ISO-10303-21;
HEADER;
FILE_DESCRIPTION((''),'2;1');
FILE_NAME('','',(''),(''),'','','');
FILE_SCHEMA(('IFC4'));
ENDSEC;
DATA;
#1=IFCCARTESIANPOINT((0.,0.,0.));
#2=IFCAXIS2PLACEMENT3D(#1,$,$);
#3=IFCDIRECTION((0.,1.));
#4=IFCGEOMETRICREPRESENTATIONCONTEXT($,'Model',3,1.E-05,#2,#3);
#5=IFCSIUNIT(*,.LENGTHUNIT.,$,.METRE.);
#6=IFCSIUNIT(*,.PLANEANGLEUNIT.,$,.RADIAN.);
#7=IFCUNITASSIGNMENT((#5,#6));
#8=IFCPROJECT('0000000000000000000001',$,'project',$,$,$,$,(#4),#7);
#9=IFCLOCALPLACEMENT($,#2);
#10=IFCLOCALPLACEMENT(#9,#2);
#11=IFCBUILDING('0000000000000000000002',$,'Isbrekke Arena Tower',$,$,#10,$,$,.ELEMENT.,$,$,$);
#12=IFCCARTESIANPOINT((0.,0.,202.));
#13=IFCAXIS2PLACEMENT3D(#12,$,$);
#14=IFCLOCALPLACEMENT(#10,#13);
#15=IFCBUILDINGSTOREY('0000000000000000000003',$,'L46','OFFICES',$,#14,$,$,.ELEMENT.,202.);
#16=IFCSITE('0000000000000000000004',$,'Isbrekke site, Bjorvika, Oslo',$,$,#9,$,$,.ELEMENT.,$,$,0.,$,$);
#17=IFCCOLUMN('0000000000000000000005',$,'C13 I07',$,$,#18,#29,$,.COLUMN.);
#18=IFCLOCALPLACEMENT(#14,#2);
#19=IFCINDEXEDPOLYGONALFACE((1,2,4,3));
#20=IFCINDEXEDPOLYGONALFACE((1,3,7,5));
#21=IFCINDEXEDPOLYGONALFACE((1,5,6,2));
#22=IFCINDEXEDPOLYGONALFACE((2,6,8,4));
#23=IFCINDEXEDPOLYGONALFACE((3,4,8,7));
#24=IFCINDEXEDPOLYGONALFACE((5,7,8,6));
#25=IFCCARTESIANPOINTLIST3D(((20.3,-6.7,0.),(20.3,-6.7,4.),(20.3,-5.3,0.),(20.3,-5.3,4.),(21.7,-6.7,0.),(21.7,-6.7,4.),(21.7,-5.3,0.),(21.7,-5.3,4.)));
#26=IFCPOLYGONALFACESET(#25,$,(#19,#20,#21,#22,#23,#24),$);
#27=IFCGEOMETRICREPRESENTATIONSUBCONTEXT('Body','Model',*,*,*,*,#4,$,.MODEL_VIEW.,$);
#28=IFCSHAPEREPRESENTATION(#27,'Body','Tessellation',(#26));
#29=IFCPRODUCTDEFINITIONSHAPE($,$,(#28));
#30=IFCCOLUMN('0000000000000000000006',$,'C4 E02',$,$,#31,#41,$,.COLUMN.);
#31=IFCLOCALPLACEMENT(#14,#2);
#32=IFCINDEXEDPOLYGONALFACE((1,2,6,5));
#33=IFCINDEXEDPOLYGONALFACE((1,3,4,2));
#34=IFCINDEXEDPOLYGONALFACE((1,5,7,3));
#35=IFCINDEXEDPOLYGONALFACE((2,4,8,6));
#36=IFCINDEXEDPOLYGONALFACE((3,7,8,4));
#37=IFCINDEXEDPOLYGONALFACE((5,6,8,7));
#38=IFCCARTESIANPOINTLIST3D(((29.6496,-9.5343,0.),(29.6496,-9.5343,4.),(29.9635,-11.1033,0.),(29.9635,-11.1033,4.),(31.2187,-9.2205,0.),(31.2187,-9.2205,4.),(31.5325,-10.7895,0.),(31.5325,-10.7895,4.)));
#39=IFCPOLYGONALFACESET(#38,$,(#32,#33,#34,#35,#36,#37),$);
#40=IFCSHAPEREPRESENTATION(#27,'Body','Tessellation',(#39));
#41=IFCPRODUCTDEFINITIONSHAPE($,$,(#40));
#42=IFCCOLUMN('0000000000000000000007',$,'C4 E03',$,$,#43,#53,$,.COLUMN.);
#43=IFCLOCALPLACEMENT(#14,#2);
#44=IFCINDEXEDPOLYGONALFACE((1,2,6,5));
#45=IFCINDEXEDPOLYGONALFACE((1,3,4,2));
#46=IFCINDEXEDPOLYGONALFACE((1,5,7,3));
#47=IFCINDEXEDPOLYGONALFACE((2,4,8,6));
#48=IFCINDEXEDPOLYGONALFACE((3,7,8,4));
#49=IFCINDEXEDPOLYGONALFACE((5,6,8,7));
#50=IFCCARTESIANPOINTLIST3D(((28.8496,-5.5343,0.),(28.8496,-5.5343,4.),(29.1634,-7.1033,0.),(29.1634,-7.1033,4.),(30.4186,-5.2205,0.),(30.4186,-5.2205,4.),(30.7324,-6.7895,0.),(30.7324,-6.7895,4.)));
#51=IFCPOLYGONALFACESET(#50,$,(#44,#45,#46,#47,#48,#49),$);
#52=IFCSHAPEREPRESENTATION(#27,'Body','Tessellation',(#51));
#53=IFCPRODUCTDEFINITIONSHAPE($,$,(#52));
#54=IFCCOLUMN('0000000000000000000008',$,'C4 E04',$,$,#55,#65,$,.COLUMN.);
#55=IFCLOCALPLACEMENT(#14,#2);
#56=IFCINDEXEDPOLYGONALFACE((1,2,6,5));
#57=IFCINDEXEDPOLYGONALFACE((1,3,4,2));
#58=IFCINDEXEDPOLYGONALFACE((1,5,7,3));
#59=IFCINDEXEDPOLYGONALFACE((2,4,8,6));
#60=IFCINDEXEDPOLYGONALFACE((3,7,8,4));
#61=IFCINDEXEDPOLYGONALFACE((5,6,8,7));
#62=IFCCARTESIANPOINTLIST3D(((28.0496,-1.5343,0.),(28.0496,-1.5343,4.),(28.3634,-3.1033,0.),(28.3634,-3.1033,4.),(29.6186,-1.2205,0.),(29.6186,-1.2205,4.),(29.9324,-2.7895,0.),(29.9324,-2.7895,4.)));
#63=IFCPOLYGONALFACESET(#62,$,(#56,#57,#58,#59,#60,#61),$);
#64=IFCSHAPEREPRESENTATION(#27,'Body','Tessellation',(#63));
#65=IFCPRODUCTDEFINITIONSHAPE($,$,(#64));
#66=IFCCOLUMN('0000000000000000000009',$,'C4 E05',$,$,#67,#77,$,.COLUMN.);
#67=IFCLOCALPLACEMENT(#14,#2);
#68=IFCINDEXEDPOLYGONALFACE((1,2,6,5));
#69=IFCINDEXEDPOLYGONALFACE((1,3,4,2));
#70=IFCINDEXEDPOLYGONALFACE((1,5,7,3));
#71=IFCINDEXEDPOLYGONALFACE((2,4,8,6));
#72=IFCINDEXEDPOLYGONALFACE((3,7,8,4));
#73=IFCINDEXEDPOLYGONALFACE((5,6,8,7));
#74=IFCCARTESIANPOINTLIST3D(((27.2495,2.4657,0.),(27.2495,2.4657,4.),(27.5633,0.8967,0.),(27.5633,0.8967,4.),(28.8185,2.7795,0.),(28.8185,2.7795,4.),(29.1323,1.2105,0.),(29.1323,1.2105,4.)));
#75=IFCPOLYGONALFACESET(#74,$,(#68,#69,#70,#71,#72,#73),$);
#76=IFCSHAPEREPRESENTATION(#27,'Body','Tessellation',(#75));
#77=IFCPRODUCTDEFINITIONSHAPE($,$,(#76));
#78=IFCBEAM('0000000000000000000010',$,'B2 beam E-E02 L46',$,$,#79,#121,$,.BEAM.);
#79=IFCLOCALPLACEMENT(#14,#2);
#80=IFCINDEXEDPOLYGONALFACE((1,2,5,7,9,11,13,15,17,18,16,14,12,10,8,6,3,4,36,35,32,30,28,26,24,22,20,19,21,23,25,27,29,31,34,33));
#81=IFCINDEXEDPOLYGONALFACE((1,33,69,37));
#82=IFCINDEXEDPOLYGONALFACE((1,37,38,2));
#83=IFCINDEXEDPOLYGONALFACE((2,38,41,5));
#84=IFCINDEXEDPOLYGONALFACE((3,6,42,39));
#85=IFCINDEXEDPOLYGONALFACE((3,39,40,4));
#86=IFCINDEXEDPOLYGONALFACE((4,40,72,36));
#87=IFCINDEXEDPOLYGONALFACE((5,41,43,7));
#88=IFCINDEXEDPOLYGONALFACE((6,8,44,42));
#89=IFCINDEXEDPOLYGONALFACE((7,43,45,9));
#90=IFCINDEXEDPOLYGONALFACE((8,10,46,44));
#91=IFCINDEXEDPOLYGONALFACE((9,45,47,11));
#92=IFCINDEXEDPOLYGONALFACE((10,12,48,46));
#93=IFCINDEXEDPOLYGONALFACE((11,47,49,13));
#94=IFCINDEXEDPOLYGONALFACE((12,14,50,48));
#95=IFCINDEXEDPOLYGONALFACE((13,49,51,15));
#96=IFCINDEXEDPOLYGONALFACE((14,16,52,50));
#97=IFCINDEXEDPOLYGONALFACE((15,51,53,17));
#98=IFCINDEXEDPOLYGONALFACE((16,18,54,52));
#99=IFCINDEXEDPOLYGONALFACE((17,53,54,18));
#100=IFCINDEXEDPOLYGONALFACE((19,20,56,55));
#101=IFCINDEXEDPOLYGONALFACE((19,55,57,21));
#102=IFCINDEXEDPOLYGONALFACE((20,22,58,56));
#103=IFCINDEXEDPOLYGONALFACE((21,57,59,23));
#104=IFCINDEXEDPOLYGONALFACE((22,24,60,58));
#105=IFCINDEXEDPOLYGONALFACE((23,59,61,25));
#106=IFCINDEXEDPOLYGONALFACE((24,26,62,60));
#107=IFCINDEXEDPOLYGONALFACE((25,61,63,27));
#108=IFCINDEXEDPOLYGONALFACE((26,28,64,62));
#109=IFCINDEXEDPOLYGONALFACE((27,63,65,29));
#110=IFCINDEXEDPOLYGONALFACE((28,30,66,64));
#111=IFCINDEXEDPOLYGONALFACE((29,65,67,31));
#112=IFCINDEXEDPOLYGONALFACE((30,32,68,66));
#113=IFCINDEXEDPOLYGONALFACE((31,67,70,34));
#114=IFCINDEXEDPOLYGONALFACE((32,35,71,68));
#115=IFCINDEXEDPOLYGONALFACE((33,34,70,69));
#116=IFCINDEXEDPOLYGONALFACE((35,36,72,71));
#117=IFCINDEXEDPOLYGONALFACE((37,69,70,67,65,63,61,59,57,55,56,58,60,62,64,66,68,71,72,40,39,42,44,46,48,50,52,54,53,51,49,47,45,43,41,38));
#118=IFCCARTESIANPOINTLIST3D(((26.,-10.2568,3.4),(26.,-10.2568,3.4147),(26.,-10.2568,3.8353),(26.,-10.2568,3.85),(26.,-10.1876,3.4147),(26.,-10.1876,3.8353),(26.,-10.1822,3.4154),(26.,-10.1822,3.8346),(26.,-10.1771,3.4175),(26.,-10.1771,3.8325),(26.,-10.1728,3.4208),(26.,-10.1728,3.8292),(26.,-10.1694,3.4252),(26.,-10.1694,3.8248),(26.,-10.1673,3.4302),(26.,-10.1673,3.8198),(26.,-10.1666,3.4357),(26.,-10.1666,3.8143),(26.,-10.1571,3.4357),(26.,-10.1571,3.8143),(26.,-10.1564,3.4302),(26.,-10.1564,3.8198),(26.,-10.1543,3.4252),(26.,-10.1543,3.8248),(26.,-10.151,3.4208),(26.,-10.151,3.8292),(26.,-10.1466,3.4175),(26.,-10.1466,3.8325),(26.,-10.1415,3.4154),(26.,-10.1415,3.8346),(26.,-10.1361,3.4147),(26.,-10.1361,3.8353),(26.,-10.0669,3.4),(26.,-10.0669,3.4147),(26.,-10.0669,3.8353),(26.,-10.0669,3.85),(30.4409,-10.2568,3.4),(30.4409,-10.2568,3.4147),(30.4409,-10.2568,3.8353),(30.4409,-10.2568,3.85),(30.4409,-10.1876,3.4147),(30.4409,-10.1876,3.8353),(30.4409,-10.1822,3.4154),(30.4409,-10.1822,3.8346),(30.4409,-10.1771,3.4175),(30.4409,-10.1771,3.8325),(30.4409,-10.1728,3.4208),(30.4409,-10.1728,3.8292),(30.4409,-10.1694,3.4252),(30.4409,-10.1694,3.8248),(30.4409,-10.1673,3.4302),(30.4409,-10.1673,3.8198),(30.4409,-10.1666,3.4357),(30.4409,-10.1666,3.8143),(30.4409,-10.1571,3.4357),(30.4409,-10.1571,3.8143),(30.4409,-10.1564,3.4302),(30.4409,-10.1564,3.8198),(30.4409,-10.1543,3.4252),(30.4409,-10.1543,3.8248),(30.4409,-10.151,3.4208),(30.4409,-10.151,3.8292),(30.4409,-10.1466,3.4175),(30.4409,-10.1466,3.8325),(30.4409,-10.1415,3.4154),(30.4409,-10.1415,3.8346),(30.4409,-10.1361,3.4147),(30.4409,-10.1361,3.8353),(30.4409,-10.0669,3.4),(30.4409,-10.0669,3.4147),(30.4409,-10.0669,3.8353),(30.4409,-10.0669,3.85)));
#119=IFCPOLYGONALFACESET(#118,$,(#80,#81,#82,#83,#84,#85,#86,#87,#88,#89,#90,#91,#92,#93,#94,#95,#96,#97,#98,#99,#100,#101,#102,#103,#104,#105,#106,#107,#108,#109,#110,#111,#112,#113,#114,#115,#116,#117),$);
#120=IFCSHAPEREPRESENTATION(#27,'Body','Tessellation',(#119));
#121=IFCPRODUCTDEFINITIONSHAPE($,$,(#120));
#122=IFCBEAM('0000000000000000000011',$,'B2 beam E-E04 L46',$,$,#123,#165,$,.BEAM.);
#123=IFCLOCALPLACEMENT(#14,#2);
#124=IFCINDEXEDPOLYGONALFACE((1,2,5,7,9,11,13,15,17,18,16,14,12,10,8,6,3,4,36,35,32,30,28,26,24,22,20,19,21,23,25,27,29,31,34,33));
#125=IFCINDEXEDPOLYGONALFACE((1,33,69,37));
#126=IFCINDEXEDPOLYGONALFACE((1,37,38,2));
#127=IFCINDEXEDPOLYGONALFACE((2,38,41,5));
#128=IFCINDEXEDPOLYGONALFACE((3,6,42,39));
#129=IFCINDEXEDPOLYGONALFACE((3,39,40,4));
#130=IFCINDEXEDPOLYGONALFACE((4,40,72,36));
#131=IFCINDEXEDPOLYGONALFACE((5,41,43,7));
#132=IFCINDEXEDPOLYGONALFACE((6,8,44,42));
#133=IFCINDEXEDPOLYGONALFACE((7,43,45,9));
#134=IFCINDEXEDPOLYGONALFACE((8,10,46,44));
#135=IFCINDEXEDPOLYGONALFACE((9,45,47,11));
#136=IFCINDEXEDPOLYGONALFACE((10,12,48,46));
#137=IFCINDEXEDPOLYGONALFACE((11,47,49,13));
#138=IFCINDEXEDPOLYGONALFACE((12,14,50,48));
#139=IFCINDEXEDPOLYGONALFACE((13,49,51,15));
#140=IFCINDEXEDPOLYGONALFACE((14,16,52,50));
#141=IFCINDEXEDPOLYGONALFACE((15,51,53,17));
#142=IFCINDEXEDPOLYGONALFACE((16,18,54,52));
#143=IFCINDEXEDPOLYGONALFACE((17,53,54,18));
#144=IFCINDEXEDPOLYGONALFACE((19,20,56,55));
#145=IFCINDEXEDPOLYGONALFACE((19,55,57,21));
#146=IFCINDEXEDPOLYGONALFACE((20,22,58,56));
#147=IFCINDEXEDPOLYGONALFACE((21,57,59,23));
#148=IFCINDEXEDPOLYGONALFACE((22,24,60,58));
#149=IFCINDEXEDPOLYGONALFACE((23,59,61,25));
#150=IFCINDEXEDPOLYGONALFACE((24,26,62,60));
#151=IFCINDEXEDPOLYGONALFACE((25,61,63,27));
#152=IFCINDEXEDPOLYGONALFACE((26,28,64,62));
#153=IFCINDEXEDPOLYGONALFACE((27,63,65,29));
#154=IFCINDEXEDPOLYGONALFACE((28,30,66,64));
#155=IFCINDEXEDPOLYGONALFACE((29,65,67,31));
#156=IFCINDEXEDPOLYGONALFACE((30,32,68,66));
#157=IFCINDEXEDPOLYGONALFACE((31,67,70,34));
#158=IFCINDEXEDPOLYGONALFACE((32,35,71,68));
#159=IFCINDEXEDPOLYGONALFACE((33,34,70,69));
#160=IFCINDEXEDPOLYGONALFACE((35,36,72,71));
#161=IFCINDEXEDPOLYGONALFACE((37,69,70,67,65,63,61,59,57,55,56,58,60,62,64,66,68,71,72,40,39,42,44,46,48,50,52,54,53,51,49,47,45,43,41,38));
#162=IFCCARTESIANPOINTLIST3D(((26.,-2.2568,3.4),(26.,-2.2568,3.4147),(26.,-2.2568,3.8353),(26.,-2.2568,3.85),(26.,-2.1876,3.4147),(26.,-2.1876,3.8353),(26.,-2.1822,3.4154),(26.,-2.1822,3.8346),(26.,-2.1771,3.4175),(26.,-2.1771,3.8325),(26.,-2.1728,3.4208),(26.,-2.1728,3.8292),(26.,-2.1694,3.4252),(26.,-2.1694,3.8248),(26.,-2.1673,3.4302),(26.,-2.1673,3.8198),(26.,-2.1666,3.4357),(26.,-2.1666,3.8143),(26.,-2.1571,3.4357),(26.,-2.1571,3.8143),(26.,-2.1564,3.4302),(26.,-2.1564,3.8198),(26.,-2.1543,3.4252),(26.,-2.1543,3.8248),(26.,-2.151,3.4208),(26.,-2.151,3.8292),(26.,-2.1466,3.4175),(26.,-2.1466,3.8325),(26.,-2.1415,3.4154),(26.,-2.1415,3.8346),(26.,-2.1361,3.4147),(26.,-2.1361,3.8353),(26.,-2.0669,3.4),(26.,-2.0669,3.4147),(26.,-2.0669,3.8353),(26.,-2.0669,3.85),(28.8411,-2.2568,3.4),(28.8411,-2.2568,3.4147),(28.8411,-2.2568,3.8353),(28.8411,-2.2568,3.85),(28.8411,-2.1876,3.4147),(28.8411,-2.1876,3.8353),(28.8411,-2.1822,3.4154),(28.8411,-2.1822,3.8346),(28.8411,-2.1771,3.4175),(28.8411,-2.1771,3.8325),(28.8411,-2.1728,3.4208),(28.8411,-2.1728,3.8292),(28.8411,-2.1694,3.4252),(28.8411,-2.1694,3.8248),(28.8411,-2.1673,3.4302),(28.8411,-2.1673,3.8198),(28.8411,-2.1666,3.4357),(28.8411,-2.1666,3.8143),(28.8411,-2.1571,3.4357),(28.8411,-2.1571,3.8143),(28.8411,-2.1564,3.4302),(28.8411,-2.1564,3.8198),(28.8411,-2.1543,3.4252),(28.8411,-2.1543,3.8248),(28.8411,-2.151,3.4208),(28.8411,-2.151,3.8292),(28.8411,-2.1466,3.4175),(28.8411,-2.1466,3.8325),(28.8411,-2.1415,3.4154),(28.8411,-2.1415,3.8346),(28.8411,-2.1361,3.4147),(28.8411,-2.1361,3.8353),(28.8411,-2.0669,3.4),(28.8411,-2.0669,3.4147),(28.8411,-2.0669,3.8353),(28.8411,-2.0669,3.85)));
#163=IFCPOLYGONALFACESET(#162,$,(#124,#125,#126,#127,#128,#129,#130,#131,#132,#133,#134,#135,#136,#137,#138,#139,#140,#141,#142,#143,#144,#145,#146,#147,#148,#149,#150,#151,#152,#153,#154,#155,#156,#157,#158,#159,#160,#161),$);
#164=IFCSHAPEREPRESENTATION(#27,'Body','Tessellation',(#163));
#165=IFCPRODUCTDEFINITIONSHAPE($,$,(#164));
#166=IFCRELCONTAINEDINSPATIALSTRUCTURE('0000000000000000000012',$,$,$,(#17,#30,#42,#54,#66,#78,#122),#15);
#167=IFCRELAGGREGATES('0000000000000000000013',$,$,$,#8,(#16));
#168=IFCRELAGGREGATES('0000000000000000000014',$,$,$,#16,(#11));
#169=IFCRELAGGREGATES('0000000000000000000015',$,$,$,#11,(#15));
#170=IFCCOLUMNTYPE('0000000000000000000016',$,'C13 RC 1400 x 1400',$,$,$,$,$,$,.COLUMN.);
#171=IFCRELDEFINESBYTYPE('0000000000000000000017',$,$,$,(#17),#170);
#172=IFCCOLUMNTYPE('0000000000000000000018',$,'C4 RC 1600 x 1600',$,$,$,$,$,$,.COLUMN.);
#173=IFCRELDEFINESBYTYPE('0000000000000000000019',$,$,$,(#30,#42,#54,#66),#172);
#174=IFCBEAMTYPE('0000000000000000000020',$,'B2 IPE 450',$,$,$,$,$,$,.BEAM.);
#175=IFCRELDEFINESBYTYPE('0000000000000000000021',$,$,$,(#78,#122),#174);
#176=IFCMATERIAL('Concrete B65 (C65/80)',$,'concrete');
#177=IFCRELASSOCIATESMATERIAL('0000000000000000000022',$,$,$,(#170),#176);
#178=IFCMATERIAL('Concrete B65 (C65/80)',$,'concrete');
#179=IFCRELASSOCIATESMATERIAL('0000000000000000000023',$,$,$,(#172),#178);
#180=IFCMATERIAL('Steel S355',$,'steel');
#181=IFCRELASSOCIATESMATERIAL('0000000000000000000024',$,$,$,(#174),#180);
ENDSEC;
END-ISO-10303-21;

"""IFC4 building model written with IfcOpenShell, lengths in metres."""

from ifc_helpers import new_model, si_unit, direction, frame, origin, origin_2d, place, context, subcontext, project, spatial, rectangle, i_section, extrude, material, material_profile, profile_set, type_object, element, save


model = new_model("IFC4")

# Units and contexts
model_context = context("Model", 3, precision=1e-05, world=origin(), true_north=direction((0.0, 1.0)))
body_context = subcontext(model_context, "Body", "Model", "MODEL_VIEW")
ifc_project = project(units=[si_unit("LENGTHUNIT", "METRE"), si_unit("PLANEANGLEUNIT", "RADIAN")], contexts=[model_context])

# Site, building, storey
site_placement = place(None, origin())
site = spatial("IfcSite", under=ifc_project, at=site_placement, Name="Isbrekke site, Bjorvika, Oslo", CompositionType="ELEMENT", RefElevation=0.0)
building_placement = place(site_placement, origin())
building = spatial("IfcBuilding", under=site, at=building_placement, Name="Isbrekke Arena Tower", CompositionType="ELEMENT")
storey_placement = place(building_placement, frame((0.0, 0.0, 202.0)))
storey = spatial("IfcBuildingStorey", under=building, at=storey_placement, Name="L46", Description="OFFICES", CompositionType="ELEMENT", Elevation=202.0)

# Columns
ifc_material_1 = material(Name="Concrete B65 (C65/80)", Category="concrete")
ifc_material_profile_1 = material_profile(ifc_material_1, rectangle(XDim=1.3999, YDim=1.3999, at=origin_2d()), Name="RC 1400x1400")
ifc_profile_set_1 = profile_set([ifc_material_profile_1], Name="Concrete B65 (C65/80)")
column_type_1 = type_object("IfcColumnType", Name="C13 RC 1400 x 1400", PredefinedType="COLUMN", material=ifc_profile_set_1)
column_placement = place(storey_placement, frame((21.0, -6.0, 0.0), z_axis=(0.0, 0.0, 1.0), x_axis=(1.0, 0.0, 0.0)))
element("IfcColumn", 1, at=column_placement, inside=storey, type_object=column_type_1, Name="C13 I07", PredefinedType="COLUMN", context=body_context, shape_type="SweptSolid", body=[
    extrude(rectangle(XDim=1.3999, YDim=1.3999, at=origin_2d()), origin(), (0.0, 0.0, 1.0), 4.0),
])
ifc_material_2 = material(Name="Concrete B65 (C65/80)", Category="concrete")
ifc_material_profile_2 = material_profile(ifc_material_2, rectangle(XDim=1.6001, YDim=1.6001, at=origin_2d()), Name="RC 1600x1600")
ifc_profile_set_2 = profile_set([ifc_material_profile_2], Name="Concrete B65 (C65/80)")
column_type_2 = type_object("IfcColumnType", Name="C4 RC 1600 x 1600", PredefinedType="COLUMN", material=ifc_profile_set_2)
for number, where, z_axis, x_axis, name in (
    (2, (30.5911, -10.1619, 0.0), (0.0, 0.0, 1.0), (-0.196116, 0.980581, 0.0), "C4 E02"),
    (3, (29.791, -6.1619, 0.0), (0.0, 0.0, 1.0), (-0.196116, 0.980581, 0.0), "C4 E03"),
    (4, (28.991, -2.1619, 0.0), (0.0, 0.0, 1.0), (-0.196116, 0.980581, 0.0), "C4 E04"),
    (5, (28.1909, 1.8381, 0.0), (0.0, 0.0, 1.0), (-0.196116, 0.980581, 0.0), "C4 E05"),
):
    element("IfcColumn", number, at=place(storey_placement, frame(where, z_axis=z_axis, x_axis=x_axis)), inside=storey, type_object=column_type_2, Name=name, PredefinedType="COLUMN", context=body_context, shape_type="SweptSolid", body=[
        extrude(rectangle(XDim=1.6001, YDim=1.6001, at=origin_2d()), origin(), (0.0, 0.0, 1.0), 4.0),
    ])

# Beams
ifc_material_3 = material(Name="Steel S355", Category="steel")
ifc_material_profile_3 = material_profile(ifc_material_3, i_section(OverallWidth=0.1899, OverallDepth=0.45, WebThickness=0.0095, FlangeThickness=0.0146, FilletRadius=0.021, at=origin_2d()), Name="IPE 450")
ifc_profile_set_3 = profile_set([ifc_material_profile_3], Name="Steel S355")
beam_type_1 = type_object("IfcBeamType", Name="B2 IPE 450", PredefinedType="BEAM", material=ifc_profile_set_3)
beam_1_placement = place(storey_placement, frame((30.4409, -10.1619, 3.625), z_axis=(-1.0, 0.0, 0.0), x_axis=(0.0, -1.0, 0.0)))
element("IfcBeam", 6, at=beam_1_placement, inside=storey, type_object=beam_type_1, Name="B2 beam E-E02 L46", PredefinedType="BEAM", context=body_context, shape_type="SweptSolid", body=[
    extrude(i_section(OverallWidth=0.1899, OverallDepth=0.45, WebThickness=0.0095, FlangeThickness=0.0146, FilletRadius=0.021, at=origin_2d()), origin(), (0.0, 0.0, 1.0), 4.4409),
])
beam_2_placement = place(storey_placement, frame((28.8411, -2.1619, 3.625), z_axis=(-1.0, 0.0, 0.0), x_axis=(0.0, -1.0, 0.0)))
element("IfcBeam", 7, at=beam_2_placement, inside=storey, type_object=beam_type_1, Name="B2 beam E-E04 L46", PredefinedType="BEAM", context=body_context, shape_type="SweptSolid", body=[
    extrude(i_section(OverallWidth=0.1899, OverallDepth=0.45, WebThickness=0.0095, FlangeThickness=0.0146, FilletRadius=0.021, at=origin_2d()), origin(), (0.0, 0.0, 1.0), 2.8411),
])

save(model, "model.ifc")
